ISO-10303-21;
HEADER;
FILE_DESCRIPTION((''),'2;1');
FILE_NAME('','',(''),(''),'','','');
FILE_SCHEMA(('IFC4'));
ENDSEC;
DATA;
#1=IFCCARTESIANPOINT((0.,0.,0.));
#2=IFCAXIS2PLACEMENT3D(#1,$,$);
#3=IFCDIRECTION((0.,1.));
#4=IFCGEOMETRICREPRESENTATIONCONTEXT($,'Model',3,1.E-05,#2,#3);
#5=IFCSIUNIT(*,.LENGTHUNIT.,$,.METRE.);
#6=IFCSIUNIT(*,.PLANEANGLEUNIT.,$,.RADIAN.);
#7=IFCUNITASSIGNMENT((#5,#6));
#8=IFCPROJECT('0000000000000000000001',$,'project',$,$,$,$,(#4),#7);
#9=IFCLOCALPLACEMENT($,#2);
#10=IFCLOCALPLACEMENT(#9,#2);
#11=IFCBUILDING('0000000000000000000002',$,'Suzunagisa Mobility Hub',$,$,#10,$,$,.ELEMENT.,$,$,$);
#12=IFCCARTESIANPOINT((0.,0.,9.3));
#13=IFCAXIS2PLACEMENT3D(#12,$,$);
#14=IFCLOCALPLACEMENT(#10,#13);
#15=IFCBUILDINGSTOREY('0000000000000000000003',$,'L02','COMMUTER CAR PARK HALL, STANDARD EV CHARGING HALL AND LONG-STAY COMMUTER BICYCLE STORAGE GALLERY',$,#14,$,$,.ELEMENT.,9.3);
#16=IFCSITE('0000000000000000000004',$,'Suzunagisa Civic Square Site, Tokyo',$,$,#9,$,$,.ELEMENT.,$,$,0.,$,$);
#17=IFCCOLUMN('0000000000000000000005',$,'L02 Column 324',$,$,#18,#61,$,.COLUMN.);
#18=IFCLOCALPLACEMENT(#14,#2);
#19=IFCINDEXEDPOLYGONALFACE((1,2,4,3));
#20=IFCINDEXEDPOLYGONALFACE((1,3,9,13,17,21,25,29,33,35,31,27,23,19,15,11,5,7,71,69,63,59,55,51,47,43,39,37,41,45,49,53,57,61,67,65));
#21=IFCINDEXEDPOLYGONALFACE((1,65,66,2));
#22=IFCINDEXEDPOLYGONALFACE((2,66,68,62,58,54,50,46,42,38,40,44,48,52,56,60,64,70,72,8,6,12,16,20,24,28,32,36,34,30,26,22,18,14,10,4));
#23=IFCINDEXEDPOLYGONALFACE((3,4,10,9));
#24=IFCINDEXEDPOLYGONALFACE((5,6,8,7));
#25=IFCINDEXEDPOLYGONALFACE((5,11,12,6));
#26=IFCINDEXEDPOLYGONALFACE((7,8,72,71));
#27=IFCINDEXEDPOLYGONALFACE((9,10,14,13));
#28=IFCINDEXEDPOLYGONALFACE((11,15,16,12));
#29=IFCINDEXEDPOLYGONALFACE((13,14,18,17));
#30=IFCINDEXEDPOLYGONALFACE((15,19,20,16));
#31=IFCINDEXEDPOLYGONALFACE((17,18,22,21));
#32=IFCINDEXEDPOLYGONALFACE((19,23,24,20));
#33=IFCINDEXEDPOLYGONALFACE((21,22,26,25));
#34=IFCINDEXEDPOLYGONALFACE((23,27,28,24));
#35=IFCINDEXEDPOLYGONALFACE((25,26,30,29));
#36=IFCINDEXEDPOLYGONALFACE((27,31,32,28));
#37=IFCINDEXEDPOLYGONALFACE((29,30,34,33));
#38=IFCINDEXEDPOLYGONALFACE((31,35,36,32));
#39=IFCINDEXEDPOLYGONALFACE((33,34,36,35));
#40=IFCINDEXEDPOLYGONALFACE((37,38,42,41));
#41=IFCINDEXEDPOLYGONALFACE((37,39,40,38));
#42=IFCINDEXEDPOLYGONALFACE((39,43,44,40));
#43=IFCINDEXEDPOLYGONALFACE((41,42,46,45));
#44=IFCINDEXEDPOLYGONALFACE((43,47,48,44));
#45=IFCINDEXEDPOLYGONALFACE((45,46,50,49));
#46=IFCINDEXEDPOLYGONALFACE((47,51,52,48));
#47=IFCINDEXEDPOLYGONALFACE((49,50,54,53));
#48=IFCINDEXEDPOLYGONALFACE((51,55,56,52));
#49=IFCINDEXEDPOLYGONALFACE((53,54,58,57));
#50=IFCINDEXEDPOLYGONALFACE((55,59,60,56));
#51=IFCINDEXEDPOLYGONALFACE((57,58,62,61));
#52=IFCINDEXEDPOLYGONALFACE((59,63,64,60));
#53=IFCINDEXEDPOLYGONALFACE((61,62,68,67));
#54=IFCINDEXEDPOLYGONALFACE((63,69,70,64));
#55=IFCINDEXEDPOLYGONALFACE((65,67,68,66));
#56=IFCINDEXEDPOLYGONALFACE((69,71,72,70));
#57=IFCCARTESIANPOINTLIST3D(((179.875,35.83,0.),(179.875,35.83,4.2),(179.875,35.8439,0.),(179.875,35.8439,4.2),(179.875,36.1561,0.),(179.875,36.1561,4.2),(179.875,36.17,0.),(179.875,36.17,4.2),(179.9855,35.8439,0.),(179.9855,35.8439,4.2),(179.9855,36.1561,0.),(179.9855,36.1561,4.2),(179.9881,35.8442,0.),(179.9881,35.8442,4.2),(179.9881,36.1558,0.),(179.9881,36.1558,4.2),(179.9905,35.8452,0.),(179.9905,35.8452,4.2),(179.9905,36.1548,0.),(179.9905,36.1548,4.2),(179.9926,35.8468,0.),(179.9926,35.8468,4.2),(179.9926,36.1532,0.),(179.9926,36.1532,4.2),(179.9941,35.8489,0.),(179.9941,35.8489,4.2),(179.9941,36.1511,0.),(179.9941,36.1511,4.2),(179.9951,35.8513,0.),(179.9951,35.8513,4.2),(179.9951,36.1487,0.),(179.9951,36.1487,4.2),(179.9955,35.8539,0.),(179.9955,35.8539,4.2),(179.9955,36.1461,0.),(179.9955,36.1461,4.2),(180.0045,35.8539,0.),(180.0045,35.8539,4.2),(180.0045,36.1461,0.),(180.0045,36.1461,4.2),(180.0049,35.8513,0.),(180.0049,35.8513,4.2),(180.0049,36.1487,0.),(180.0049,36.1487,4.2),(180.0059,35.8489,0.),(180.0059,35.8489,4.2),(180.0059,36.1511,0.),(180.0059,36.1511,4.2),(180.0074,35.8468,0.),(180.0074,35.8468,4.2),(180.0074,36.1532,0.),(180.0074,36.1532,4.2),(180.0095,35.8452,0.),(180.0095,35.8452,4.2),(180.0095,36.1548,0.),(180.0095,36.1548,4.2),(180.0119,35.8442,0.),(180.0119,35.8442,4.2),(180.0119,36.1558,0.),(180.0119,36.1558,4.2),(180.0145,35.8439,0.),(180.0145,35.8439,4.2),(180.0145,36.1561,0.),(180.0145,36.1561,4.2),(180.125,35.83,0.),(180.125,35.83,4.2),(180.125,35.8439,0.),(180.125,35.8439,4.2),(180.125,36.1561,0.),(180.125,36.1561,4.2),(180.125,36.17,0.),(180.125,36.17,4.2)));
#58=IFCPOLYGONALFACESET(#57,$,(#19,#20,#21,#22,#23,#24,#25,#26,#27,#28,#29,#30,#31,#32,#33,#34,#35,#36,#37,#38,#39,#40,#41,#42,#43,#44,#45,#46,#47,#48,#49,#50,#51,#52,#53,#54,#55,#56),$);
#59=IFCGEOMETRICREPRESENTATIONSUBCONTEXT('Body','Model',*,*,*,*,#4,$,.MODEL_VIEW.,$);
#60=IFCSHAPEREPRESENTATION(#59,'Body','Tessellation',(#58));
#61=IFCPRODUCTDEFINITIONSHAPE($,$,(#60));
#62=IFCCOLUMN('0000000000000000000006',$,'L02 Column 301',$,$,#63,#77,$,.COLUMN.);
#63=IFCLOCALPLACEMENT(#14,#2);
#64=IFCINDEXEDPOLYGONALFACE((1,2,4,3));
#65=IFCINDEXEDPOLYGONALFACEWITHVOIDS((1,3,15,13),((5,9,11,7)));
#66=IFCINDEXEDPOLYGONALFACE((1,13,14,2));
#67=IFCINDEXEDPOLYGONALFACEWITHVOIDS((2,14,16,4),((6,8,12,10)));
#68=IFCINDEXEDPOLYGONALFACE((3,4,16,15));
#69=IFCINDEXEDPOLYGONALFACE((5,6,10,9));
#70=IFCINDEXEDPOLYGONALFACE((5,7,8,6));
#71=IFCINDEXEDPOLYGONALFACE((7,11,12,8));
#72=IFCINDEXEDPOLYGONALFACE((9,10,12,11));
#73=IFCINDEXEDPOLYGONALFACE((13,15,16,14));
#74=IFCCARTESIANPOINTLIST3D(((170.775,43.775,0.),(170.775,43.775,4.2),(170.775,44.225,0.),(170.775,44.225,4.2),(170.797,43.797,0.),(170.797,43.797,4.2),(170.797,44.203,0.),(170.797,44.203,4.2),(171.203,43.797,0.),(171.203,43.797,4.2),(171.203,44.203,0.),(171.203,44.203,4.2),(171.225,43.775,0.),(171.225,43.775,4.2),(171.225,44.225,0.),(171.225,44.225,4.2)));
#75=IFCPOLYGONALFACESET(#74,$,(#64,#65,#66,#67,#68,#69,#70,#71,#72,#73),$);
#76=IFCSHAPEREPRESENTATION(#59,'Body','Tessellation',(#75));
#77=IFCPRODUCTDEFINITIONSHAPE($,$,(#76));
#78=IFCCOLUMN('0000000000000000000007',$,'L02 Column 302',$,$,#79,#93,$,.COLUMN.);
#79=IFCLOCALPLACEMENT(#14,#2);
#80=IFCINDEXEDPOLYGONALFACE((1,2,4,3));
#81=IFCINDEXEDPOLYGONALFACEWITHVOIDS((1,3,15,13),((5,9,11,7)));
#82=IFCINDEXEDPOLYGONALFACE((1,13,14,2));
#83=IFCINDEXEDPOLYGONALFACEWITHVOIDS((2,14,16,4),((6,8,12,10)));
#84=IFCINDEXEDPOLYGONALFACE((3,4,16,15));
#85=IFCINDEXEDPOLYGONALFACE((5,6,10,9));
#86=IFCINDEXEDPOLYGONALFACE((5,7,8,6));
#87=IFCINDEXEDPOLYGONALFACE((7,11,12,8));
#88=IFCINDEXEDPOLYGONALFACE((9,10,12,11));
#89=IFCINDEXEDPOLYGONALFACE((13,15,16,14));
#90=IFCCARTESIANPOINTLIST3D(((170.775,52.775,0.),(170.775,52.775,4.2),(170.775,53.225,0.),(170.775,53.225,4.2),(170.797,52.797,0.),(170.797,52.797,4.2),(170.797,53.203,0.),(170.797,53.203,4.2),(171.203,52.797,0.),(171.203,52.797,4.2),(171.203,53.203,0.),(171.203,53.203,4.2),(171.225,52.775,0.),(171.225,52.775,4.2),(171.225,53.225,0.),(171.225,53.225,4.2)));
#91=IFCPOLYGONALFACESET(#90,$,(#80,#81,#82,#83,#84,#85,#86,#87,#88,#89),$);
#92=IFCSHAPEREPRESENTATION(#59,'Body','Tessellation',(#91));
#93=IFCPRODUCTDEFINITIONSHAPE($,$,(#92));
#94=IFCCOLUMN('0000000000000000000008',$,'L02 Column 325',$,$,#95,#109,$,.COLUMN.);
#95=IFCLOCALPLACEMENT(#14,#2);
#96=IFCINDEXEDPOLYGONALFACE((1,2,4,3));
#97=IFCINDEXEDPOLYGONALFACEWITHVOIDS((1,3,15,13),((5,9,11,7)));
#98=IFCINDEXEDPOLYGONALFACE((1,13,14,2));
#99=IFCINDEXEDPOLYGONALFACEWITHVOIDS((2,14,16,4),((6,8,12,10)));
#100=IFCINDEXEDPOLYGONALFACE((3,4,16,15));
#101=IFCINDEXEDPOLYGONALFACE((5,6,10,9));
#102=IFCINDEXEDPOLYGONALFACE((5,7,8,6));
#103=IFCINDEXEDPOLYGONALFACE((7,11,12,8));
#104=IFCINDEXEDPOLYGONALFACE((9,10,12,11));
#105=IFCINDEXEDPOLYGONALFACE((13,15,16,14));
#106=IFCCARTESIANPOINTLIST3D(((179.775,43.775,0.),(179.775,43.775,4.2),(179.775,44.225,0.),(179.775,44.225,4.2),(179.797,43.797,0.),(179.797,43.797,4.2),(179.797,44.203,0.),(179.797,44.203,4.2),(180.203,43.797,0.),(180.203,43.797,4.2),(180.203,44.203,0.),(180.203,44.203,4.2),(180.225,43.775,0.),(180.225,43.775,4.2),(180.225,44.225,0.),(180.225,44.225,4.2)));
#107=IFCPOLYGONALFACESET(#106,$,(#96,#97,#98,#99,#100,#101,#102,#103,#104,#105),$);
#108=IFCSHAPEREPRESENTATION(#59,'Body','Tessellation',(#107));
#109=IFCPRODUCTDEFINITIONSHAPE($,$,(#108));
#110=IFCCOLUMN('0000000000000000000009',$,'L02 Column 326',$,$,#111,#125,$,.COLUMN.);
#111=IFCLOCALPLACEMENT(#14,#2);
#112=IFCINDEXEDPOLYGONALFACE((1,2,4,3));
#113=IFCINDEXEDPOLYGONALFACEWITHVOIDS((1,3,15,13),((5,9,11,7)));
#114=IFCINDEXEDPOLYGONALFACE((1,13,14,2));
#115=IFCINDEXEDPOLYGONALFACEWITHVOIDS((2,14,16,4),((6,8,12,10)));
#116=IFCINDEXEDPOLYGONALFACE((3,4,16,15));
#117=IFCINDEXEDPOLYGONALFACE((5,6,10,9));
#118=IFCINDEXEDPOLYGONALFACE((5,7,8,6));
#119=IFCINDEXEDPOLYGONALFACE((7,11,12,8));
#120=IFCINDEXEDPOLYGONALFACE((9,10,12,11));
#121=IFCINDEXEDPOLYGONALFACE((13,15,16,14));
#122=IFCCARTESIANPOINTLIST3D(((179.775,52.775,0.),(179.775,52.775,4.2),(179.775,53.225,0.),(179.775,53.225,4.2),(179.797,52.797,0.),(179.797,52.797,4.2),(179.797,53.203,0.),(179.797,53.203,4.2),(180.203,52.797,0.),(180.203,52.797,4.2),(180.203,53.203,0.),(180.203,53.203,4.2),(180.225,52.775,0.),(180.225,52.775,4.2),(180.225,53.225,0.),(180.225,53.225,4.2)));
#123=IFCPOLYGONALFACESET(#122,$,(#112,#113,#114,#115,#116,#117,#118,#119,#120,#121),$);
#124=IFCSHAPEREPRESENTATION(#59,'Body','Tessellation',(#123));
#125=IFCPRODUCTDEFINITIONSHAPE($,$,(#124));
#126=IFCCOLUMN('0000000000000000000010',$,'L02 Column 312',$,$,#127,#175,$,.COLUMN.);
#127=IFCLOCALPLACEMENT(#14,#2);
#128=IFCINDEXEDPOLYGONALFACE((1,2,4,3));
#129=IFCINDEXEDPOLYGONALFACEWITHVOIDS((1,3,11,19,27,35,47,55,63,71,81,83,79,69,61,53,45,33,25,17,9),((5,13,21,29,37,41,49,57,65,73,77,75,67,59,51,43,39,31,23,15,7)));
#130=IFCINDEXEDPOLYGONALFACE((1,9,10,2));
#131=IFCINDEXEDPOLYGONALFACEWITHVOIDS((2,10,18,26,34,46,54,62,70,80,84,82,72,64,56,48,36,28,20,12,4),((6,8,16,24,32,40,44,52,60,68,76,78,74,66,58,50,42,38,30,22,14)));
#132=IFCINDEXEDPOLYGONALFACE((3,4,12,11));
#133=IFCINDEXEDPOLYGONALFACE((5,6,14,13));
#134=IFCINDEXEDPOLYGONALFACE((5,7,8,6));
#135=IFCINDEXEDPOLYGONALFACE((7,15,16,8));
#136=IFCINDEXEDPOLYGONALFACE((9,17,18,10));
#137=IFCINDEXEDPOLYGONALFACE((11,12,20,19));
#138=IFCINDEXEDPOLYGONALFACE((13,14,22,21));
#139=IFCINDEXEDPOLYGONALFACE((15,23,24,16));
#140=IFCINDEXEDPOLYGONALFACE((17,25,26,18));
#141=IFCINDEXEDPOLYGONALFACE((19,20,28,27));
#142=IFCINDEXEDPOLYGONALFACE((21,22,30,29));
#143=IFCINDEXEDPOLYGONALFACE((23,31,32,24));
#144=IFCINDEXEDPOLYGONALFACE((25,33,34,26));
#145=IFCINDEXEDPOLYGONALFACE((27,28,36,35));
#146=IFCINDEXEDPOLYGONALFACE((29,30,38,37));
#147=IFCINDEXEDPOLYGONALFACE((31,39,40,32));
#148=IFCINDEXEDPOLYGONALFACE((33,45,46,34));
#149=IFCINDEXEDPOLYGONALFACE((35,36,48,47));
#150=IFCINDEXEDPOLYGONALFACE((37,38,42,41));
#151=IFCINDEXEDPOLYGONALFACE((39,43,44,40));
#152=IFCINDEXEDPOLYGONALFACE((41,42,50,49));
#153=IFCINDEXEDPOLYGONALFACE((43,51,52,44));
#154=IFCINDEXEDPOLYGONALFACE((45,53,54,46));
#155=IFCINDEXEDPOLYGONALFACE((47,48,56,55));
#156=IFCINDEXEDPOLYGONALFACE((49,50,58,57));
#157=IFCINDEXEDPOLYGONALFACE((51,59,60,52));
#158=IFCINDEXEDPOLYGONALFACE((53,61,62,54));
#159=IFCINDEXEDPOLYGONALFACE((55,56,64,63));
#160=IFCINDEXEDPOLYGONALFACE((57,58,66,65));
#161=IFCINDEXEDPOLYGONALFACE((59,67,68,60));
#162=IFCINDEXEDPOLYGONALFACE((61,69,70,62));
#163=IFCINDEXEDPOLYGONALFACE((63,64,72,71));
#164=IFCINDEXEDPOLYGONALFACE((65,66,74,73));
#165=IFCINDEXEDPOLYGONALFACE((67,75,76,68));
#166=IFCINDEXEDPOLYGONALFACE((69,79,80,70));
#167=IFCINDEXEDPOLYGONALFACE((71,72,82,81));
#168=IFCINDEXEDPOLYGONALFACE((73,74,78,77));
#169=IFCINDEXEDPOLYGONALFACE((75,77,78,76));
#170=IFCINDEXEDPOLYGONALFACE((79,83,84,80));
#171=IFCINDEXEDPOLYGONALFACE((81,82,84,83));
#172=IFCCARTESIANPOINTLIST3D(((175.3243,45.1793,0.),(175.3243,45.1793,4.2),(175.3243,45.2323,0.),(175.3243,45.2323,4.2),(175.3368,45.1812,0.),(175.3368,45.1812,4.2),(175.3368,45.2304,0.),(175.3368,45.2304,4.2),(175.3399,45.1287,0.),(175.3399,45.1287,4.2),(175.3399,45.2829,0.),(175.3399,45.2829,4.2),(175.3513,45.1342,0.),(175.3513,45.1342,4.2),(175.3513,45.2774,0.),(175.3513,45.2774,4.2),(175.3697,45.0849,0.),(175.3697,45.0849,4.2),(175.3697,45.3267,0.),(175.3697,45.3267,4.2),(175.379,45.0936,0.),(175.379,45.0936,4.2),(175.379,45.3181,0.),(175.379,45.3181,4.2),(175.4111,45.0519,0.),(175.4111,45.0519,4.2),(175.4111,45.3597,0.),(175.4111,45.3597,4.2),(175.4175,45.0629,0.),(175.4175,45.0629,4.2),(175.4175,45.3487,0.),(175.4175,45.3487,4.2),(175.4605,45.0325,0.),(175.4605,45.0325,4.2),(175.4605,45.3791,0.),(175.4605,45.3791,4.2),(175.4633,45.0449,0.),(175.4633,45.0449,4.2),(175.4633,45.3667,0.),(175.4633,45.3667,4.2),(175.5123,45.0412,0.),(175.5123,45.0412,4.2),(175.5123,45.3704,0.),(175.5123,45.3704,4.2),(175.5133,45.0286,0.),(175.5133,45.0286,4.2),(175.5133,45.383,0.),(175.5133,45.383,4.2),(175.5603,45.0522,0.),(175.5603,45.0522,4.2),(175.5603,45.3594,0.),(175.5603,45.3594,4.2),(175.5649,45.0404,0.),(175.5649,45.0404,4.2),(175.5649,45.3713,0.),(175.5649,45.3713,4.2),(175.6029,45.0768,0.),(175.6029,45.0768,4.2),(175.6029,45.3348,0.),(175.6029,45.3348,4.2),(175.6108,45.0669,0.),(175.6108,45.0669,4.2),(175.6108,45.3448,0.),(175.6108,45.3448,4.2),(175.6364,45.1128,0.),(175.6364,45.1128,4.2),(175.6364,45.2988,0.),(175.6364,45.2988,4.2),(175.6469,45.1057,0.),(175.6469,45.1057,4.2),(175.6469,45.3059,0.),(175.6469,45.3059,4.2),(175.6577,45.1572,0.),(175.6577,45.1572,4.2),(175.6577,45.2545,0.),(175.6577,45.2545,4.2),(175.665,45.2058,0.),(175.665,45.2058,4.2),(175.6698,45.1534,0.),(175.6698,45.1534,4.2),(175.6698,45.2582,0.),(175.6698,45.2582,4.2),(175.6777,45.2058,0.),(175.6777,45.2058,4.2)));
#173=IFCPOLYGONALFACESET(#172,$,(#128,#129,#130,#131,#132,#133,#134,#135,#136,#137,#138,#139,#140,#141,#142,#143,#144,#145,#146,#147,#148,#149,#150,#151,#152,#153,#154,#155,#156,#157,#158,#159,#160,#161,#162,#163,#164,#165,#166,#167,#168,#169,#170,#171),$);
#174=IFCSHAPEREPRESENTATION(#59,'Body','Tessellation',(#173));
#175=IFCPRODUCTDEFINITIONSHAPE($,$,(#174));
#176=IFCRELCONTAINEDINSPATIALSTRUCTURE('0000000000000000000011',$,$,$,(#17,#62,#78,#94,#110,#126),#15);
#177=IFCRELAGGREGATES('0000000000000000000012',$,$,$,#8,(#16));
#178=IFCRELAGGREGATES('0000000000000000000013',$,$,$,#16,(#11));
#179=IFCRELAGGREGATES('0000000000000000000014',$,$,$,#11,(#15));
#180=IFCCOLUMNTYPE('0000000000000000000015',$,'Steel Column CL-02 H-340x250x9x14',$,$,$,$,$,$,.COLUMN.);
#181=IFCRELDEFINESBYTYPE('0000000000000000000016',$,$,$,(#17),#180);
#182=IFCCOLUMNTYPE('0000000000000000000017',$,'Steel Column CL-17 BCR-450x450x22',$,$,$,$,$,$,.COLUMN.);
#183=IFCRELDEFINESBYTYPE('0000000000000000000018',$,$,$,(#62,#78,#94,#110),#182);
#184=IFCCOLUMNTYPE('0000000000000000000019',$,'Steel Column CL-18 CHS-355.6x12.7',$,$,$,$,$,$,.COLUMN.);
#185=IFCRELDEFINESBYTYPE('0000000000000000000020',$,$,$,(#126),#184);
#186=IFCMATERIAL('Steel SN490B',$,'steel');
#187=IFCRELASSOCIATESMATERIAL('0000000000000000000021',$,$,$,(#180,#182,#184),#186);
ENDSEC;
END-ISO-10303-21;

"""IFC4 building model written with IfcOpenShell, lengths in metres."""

from ifc_helpers import new_model, si_unit, direction, frame, origin, origin_2d, place, context, subcontext, project, spatial, hollow_rectangle, hollow_circle, i_section, extrude, material, material_profile, profile_set, type_object, element, save


model = new_model("IFC4")

# Units and contexts
model_context = context("Model", 3, precision=1e-05, world=origin(), true_north=direction((0.0, 1.0)))
body_context = subcontext(model_context, "Body", "Model", "MODEL_VIEW")
ifc_project = project(units=[si_unit("LENGTHUNIT", "METRE"), si_unit("PLANEANGLEUNIT", "RADIAN")], contexts=[model_context])

# Site, building, storey
site_placement = place(None, origin())
site = spatial("IfcSite", under=ifc_project, at=site_placement, Name="Suzunagisa Civic Square Site, Tokyo", CompositionType="ELEMENT", RefElevation=0.0)
building_placement = place(site_placement, origin())
building = spatial("IfcBuilding", under=site, at=building_placement, Name="Suzunagisa Mobility Hub", CompositionType="ELEMENT")
storey_placement = place(building_placement, frame((0.0, 0.0, 9.3)))
storey = spatial("IfcBuildingStorey", under=building, at=storey_placement, Name="L02", Description="COMMUTER CAR PARK HALL, STANDARD EV CHARGING HALL AND LONG-STAY COMMUTER BICYCLE STORAGE GALLERY", CompositionType="ELEMENT", Elevation=9.3)

# Columns
ifc_material_1 = material(Name="Steel SN490B", Category="steel")
ifc_material_profile_1 = material_profile(ifc_material_1, i_section(OverallWidth=0.25, OverallDepth=0.3401, WebThickness=0.009, FlangeThickness=0.0139, FilletRadius=0.01, at=origin_2d()), Name="H-340x250x9x14")
ifc_profile_set_1 = profile_set([ifc_material_profile_1], Name="Steel SN490B")
column_type_1 = type_object("IfcColumnType", Name="Steel Column CL-02 H-340x250x9x14", PredefinedType="COLUMN", material=ifc_profile_set_1)
column_placement = place(storey_placement, frame((180.0, 36.0, 0.0), z_axis=(0.0, 0.0, 1.0), x_axis=(1.0, 0.0, 0.0)))
element("IfcColumn", 1, at=column_placement, inside=storey, type_object=column_type_1, Name="L02 Column 324", PredefinedType="COLUMN", context=body_context, shape_type="SweptSolid", body=[
    extrude(i_section(OverallWidth=0.25, OverallDepth=0.3401, WebThickness=0.009, FlangeThickness=0.0139, FilletRadius=0.01, at=origin_2d()), origin(), (0.0, 0.0, 1.0), 4.2),
])
ifc_material_profile_2 = material_profile(ifc_material_1, hollow_rectangle(XDim=0.45, YDim=0.45, WallThickness=0.022, at=origin_2d()), Name="BCR-450x450x22")
ifc_profile_set_2 = profile_set([ifc_material_profile_2], Name="Steel SN490B")
column_type_2 = type_object("IfcColumnType", Name="Steel Column CL-17 BCR-450x450x22", PredefinedType="COLUMN", material=ifc_profile_set_2)
for number, where, z_axis, x_axis, name in (
    (2, (171.0, 44.0, 0.0), (0.0, 0.0, 1.0), (1.0, 0.0, 0.0), "L02 Column 301"),
    (3, (171.0, 53.0, 0.0), (0.0, 0.0, 1.0), (1.0, 0.0, 0.0), "L02 Column 302"),
    (4, (180.0, 44.0, 0.0), (0.0, 0.0, 1.0), (1.0, 0.0, 0.0), "L02 Column 325"),
    (5, (180.0, 53.0, 0.0), (0.0, 0.0, 1.0), (1.0, 0.0, 0.0), "L02 Column 326"),
):
    element("IfcColumn", number, at=place(storey_placement, frame(where, z_axis=z_axis, x_axis=x_axis)), inside=storey, type_object=column_type_2, Name=name, PredefinedType="COLUMN", context=body_context, shape_type="SweptSolid", body=[
        extrude(hollow_rectangle(XDim=0.45, YDim=0.45, WallThickness=0.022, at=origin_2d()), origin(), (0.0, 0.0, 1.0), 4.2),
    ])
ifc_material_profile_3 = material_profile(ifc_material_1, hollow_circle(Radius=0.1777, WallThickness=0.0127, at=origin_2d()), Name="CHS-355.6x12.7")
ifc_profile_set_3 = profile_set([ifc_material_profile_3], Name="Steel SN490B")
column_type_3 = type_object("IfcColumnType", Name="Steel Column CL-18 CHS-355.6x12.7", PredefinedType="COLUMN", material=ifc_profile_set_3)
for number, where, z_axis, x_axis, name in (
    (6, (175.5, 45.2058, 0.0), (0.0, 0.0, 1.0), (1.0, 0.0, 0.0), "L02 Column 312"),
):
    element("IfcColumn", number, at=place(storey_placement, frame(where, z_axis=z_axis, x_axis=x_axis)), inside=storey, type_object=column_type_3, Name=name, PredefinedType="COLUMN", context=body_context, shape_type="SweptSolid", body=[
        extrude(hollow_circle(Radius=0.1777, WallThickness=0.0127, at=origin_2d()), origin(), (0.0, 0.0, 1.0), 4.2),
    ])

save(model, "model.ifc")
